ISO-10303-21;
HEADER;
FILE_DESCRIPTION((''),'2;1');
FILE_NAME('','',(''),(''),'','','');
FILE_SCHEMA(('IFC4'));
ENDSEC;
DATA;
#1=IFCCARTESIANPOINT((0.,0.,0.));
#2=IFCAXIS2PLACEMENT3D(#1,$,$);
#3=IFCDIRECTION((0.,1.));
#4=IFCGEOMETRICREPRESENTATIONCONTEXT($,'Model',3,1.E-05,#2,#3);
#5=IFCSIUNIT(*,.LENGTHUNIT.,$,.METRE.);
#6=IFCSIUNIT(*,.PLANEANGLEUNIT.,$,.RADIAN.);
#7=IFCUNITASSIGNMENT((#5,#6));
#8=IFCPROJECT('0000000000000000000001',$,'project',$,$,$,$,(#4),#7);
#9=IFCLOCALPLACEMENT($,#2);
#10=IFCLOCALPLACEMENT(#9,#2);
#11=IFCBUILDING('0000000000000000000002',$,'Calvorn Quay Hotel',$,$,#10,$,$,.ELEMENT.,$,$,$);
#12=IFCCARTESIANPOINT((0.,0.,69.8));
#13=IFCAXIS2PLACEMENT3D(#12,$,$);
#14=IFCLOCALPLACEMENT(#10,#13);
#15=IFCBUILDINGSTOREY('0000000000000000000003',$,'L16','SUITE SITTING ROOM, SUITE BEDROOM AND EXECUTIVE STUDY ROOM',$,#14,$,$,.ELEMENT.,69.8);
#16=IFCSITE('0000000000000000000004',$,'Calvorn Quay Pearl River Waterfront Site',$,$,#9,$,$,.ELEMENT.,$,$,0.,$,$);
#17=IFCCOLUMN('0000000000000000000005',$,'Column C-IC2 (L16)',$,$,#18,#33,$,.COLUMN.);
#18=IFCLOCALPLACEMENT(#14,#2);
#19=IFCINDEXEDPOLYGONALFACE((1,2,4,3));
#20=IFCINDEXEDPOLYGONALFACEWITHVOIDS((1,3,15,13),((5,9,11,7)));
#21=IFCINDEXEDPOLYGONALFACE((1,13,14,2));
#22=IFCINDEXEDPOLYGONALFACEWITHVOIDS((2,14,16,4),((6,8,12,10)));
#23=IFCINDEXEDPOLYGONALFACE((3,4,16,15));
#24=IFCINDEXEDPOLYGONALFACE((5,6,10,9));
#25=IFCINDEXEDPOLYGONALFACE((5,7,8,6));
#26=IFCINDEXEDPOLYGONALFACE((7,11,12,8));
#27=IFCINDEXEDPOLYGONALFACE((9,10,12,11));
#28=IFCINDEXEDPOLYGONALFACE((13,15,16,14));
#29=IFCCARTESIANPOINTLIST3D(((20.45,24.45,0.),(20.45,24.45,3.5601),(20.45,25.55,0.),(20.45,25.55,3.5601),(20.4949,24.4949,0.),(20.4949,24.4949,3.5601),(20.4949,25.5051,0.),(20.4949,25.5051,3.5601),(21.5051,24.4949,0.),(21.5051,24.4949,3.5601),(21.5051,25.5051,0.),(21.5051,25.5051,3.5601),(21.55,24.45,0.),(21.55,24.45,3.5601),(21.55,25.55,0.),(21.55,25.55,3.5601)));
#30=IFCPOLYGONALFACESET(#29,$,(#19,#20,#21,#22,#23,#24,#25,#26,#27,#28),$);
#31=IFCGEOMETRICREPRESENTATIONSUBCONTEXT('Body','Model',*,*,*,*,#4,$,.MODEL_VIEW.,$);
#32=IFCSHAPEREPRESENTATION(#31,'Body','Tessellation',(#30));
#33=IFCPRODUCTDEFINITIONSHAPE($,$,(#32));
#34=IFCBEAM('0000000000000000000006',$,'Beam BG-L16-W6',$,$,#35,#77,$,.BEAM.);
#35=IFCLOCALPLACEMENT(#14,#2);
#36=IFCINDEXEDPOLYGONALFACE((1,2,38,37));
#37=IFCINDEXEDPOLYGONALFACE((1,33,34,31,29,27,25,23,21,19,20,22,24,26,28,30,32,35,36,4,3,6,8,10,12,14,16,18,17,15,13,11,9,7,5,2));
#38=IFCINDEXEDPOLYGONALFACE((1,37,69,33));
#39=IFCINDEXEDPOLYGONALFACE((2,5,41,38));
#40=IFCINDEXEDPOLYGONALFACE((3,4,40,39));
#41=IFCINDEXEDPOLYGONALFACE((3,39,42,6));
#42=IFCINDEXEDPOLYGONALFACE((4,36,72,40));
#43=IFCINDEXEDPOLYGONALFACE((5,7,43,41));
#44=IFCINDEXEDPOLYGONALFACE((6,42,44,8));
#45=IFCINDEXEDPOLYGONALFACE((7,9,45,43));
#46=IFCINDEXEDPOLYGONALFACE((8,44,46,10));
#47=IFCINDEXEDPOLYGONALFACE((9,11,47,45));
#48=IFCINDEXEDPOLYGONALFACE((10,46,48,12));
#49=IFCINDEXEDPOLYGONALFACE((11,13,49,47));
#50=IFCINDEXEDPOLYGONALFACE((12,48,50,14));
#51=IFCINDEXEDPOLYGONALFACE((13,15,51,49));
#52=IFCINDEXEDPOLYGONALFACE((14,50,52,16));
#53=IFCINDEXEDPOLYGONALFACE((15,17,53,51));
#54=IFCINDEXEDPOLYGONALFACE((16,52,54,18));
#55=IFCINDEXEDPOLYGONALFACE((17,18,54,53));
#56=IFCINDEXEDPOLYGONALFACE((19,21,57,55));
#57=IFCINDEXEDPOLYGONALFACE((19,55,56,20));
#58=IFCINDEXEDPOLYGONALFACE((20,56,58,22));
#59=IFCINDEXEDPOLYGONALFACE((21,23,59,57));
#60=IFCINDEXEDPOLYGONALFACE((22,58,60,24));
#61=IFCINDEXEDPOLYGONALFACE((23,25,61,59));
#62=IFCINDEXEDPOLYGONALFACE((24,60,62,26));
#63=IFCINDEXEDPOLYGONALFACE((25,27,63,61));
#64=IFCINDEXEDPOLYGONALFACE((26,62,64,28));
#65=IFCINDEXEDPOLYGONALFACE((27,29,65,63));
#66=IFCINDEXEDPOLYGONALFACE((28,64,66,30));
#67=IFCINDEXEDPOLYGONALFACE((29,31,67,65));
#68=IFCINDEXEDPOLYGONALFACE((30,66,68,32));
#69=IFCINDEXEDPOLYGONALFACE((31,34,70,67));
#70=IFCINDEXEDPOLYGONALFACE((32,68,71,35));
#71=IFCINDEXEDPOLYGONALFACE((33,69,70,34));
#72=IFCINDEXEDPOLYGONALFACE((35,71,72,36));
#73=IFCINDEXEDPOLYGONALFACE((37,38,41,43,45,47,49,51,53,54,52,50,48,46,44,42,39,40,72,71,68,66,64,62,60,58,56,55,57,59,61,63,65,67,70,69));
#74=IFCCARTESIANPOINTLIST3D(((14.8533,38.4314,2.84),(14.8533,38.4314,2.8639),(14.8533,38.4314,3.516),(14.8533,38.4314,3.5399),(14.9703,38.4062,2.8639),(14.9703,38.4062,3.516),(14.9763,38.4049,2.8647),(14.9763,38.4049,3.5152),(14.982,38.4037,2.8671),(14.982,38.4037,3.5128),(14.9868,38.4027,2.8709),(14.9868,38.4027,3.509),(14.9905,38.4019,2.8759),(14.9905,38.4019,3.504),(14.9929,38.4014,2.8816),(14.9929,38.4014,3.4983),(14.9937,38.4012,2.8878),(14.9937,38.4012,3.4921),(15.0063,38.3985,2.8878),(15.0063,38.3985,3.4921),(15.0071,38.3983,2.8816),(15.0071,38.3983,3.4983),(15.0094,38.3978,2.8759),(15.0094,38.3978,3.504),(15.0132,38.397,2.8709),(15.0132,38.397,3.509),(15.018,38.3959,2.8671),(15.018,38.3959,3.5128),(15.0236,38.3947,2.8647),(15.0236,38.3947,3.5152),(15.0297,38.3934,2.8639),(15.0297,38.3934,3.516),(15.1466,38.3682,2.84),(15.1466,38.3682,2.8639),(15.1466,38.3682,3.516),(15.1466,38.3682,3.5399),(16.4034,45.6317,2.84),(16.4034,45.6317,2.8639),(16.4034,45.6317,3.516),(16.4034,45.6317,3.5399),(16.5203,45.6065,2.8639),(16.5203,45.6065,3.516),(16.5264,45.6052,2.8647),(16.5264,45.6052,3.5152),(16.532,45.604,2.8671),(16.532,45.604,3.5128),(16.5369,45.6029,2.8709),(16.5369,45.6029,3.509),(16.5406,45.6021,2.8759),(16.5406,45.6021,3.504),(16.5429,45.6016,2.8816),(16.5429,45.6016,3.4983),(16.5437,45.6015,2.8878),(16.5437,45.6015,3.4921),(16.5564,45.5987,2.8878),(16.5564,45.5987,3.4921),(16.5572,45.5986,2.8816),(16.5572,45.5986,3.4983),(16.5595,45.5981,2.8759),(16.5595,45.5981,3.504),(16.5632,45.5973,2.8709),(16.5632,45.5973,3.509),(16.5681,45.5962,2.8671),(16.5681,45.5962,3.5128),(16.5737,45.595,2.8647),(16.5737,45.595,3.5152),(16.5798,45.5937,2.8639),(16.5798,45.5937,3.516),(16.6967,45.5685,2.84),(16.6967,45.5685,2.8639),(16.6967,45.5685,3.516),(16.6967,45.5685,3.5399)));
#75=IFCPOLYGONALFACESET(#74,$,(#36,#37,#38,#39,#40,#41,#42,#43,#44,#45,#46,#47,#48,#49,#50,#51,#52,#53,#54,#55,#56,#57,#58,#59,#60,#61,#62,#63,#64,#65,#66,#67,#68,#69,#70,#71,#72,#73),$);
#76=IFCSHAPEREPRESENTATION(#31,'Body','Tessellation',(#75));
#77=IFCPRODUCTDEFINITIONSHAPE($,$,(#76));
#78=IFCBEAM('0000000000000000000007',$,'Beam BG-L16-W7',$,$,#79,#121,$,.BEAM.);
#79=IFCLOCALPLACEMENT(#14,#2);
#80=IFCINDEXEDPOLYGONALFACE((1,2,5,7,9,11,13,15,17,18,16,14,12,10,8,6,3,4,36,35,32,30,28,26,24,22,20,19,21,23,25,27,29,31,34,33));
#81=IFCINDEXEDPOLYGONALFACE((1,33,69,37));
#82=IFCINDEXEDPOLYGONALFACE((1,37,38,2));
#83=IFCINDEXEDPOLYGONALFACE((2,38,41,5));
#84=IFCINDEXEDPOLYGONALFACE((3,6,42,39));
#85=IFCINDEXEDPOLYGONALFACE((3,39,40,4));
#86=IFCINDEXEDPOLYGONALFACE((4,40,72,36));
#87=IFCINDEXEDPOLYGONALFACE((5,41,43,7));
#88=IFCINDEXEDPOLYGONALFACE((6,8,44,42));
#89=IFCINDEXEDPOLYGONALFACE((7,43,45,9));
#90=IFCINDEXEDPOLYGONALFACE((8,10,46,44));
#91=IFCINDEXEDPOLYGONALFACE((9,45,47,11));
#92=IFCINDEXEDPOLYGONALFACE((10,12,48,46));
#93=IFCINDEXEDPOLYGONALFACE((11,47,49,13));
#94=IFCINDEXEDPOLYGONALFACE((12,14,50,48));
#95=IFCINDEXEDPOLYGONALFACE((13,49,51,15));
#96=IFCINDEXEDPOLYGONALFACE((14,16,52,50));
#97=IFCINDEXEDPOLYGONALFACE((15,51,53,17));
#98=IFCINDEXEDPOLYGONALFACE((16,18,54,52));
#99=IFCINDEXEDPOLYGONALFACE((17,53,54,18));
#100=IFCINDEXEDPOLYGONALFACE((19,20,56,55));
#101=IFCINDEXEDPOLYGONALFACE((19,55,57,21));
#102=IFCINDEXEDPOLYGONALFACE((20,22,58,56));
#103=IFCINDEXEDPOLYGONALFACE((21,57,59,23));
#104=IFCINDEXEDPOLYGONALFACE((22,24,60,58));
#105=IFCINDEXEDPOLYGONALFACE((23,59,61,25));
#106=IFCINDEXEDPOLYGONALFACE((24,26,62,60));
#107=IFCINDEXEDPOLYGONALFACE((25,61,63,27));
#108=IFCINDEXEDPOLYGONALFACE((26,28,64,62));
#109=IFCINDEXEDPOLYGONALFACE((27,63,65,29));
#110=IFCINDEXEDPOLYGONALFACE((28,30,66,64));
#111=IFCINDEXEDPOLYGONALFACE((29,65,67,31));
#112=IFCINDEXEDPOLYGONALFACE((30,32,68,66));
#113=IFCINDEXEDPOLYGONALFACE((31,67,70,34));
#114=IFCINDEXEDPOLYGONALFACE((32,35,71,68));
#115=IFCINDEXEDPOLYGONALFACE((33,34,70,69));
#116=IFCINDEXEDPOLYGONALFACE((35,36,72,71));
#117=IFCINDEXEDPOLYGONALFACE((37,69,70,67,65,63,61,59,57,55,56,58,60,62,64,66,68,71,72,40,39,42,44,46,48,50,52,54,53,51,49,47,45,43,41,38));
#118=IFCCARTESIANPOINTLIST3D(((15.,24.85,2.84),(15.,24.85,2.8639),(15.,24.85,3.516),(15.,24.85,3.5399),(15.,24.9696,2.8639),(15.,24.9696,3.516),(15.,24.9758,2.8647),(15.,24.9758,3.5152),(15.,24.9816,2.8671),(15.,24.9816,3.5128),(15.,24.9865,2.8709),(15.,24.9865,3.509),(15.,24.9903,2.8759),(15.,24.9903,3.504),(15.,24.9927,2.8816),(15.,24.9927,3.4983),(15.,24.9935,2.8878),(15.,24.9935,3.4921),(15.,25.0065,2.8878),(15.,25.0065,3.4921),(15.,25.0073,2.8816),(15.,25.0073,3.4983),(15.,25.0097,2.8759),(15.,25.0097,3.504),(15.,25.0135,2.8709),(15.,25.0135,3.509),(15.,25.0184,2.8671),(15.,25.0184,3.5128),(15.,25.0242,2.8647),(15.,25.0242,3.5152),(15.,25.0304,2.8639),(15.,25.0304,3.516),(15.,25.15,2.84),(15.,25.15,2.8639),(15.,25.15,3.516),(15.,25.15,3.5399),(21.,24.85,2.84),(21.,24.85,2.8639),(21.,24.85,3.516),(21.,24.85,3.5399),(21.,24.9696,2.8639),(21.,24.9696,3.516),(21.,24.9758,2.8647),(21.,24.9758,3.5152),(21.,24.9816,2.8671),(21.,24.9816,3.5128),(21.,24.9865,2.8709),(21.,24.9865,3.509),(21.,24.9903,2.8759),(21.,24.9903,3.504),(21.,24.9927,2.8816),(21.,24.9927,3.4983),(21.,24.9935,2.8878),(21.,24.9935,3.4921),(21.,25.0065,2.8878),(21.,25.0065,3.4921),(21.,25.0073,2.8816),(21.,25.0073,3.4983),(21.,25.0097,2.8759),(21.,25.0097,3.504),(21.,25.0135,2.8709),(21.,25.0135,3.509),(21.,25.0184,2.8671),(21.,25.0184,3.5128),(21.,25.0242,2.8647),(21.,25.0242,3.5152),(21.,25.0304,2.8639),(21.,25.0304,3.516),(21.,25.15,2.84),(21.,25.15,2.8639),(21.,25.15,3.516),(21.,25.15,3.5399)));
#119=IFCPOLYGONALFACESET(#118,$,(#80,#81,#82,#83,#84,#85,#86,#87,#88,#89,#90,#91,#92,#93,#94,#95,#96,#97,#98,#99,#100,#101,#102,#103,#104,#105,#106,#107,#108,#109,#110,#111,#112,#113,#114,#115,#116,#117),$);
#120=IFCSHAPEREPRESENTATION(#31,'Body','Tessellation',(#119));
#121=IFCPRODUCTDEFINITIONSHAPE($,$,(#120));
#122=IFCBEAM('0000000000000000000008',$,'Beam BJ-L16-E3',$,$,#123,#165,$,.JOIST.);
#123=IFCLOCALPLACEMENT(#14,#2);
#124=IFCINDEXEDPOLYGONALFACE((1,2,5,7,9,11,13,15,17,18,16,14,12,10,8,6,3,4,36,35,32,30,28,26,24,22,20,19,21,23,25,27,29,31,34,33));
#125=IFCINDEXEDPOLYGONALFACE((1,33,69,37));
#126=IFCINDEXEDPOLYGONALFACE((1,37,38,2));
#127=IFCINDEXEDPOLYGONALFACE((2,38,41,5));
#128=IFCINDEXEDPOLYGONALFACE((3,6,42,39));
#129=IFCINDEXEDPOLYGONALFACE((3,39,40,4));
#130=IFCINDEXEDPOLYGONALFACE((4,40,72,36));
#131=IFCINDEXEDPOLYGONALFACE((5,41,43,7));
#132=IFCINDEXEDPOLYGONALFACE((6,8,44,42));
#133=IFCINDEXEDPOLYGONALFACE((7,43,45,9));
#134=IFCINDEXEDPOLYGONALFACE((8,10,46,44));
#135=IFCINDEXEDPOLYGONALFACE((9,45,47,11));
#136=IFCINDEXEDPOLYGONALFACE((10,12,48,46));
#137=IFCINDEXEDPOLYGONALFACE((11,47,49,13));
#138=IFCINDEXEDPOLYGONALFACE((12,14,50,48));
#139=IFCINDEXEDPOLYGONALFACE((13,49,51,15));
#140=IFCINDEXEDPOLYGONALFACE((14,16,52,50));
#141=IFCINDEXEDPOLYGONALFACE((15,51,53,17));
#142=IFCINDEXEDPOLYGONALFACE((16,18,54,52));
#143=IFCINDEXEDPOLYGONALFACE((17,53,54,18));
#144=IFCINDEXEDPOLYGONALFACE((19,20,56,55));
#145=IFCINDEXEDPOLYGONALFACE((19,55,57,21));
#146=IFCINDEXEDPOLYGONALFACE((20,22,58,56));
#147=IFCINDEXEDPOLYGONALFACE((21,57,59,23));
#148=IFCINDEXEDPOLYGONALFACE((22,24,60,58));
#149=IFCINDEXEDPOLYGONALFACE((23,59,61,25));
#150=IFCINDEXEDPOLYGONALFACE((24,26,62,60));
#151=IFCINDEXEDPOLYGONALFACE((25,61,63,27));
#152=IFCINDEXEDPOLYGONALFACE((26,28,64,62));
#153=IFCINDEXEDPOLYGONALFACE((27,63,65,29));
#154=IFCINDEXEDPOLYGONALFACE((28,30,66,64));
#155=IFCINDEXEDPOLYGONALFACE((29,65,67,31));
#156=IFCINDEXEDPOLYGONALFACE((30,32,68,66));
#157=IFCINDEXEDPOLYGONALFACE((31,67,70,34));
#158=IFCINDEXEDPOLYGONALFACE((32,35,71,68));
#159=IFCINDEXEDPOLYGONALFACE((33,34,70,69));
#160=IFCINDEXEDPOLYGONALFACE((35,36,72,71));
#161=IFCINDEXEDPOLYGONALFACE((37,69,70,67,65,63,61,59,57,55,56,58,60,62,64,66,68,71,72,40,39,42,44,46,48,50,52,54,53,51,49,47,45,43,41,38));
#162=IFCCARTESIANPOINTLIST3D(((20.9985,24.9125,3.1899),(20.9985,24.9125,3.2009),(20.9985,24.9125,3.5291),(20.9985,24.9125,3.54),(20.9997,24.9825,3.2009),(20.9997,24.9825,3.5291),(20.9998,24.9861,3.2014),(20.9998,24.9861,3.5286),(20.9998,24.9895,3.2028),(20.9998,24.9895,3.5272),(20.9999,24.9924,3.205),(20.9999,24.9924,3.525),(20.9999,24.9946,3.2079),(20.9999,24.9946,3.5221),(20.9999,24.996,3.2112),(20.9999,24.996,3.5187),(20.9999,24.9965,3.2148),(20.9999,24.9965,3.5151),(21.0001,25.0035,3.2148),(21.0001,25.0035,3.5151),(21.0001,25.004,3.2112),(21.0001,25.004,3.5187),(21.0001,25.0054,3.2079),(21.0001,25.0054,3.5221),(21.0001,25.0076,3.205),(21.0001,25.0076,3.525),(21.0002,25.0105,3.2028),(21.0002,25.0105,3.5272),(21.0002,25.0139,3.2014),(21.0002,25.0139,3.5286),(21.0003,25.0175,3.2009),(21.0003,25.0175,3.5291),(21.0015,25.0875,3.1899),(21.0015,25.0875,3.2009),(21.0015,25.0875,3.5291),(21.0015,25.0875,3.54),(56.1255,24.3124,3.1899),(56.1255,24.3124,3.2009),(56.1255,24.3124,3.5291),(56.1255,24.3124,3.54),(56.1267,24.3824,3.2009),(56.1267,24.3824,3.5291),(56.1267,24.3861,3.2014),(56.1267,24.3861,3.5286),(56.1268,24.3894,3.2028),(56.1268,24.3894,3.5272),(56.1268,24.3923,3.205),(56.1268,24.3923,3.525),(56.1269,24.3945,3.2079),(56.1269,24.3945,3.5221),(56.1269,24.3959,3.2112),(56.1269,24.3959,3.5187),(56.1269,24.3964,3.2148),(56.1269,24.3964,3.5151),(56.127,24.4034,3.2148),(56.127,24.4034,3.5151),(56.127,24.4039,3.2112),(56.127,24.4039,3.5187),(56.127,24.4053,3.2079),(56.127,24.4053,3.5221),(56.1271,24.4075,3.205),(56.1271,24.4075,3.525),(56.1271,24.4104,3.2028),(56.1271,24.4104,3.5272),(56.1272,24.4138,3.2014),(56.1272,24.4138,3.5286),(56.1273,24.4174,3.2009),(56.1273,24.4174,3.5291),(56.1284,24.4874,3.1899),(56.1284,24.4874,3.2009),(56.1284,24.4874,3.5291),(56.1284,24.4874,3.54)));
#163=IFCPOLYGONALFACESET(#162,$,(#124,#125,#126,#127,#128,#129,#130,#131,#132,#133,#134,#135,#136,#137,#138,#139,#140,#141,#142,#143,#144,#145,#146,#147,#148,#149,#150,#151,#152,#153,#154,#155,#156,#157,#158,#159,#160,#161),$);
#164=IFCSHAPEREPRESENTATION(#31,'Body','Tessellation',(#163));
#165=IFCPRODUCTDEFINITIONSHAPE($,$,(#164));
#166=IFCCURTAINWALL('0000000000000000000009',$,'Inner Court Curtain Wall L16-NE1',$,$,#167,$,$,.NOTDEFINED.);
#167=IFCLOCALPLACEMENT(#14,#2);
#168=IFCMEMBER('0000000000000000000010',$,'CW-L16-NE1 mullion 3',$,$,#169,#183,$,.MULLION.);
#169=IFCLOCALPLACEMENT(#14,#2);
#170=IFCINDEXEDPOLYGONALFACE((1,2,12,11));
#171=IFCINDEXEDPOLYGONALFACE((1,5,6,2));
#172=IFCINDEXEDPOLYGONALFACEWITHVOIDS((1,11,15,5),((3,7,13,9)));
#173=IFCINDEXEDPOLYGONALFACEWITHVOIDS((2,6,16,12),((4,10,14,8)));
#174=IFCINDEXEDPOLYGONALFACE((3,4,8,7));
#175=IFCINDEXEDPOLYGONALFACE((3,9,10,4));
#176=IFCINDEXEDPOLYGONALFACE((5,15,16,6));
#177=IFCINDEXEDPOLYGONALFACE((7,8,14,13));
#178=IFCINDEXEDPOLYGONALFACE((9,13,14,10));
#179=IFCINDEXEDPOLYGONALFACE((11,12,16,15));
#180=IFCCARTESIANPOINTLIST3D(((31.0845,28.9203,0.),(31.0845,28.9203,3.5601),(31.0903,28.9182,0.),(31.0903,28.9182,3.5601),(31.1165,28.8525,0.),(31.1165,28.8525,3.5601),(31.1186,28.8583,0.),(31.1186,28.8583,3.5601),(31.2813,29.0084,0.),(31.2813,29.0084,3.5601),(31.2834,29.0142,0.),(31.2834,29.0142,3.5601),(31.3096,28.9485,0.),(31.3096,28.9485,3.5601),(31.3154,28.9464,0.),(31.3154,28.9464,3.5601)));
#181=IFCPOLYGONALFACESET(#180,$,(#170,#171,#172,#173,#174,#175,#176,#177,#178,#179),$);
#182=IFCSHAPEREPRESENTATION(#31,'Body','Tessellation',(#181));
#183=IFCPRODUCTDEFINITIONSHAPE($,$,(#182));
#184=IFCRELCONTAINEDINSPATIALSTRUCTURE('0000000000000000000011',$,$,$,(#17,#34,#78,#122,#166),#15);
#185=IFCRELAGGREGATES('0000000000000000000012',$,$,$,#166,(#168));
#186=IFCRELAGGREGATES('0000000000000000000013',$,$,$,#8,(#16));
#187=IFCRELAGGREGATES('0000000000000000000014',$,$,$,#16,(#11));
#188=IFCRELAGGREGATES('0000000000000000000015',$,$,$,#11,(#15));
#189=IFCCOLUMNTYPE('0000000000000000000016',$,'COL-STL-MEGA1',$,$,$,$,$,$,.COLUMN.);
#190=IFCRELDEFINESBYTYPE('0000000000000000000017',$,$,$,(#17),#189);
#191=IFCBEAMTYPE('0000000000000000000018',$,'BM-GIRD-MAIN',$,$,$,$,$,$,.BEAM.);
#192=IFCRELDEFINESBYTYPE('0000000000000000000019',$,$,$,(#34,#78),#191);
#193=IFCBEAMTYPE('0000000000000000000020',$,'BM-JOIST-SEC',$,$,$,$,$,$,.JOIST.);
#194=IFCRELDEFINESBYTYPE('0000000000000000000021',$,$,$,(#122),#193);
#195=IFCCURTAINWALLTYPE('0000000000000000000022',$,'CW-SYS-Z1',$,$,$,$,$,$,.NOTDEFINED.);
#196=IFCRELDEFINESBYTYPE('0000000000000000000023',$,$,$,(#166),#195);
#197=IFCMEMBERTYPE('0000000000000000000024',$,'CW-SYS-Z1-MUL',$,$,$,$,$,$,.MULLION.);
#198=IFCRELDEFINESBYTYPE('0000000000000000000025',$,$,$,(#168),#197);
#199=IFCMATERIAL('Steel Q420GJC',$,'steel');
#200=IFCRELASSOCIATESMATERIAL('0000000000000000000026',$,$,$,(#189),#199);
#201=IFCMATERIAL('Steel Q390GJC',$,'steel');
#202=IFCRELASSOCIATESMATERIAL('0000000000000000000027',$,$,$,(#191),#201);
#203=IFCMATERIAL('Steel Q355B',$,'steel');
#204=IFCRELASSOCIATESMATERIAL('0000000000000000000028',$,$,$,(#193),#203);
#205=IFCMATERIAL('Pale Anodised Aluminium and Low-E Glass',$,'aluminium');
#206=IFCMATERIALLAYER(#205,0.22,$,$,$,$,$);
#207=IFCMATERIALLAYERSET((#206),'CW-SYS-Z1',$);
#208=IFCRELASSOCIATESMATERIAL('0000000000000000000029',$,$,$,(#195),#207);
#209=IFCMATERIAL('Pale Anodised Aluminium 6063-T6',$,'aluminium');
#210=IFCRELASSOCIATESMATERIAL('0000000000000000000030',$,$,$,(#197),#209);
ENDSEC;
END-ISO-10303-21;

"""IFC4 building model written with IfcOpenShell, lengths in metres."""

from ifc_helpers import new_model, si_unit, direction, frame, origin, origin_2d, place, context, subcontext, project, spatial, hollow_rectangle, i_section, extrude, material, layer, layer_set, material_profile, profile_set, type_object, element, aggregate, save


model = new_model("IFC4")

# Units and contexts
model_context = context("Model", 3, precision=1e-05, world=origin(), true_north=direction((0.0, 1.0)))
body_context = subcontext(model_context, "Body", "Model", "MODEL_VIEW")
ifc_project = project(units=[si_unit("LENGTHUNIT", "METRE"), si_unit("PLANEANGLEUNIT", "RADIAN")], contexts=[model_context])

# Site, building, storey
site_placement = place(None, origin())
site = spatial("IfcSite", under=ifc_project, at=site_placement, Name="Calvorn Quay Pearl River Waterfront Site", CompositionType="ELEMENT", RefElevation=0.0)
building_placement = place(site_placement, origin())
building = spatial("IfcBuilding", under=site, at=building_placement, Name="Calvorn Quay Hotel", CompositionType="ELEMENT")
storey_placement = place(building_placement, frame((0.0, 0.0, 69.8)))
storey = spatial("IfcBuildingStorey", under=building, at=storey_placement, Name="L16", Description="SUITE SITTING ROOM, SUITE BEDROOM AND EXECUTIVE STUDY ROOM", CompositionType="ELEMENT", Elevation=69.8)

# Column
ifc_material_1 = material(Name="Steel Q420GJC", Category="steel")
ifc_material_profile_1 = material_profile(ifc_material_1, hollow_rectangle(XDim=1.1001, YDim=1.1001, WallThickness=0.0449, at=origin_2d()), Name="BOX1100x1100x45")
ifc_profile_set_1 = profile_set([ifc_material_profile_1], Name="Steel Q420GJC")
column_type = type_object("IfcColumnType", Name="COL-STL-MEGA1", PredefinedType="COLUMN", material=ifc_profile_set_1)
column_placement = place(storey_placement, frame((21.0, 25.0, 0.0), z_axis=(0.0, 0.0, 1.0), x_axis=(1.0, 0.0, 0.0)))
element("IfcColumn", 1, at=column_placement, inside=storey, type_object=column_type, Name="Column C-IC2 (L16)", PredefinedType="COLUMN", context=body_context, shape_type="SweptSolid", body=[
    extrude(hollow_rectangle(XDim=1.1001, YDim=1.1001, WallThickness=0.0449, at=origin_2d()), origin(), (0.0, 0.0, 1.0), 3.5601),
])

# Beams
ifc_material_2 = material(Name="Steel Q390GJC", Category="steel")
ifc_material_profile_2 = material_profile(ifc_material_2, i_section(OverallWidth=0.3, OverallDepth=0.7, WebThickness=0.0129, FlangeThickness=0.0239, FilletRadius=0.0239, at=origin_2d()), Name="HN700x300x13x24")
ifc_profile_set_2 = profile_set([ifc_material_profile_2], Name="Steel Q390GJC")
beam_type_1 = type_object("IfcBeamType", Name="BM-GIRD-MAIN", PredefinedType="BEAM", material=ifc_profile_set_2)
beam_1_placement = place(storey_placement, frame((16.55, 45.6001, 3.1899), z_axis=(-0.210457, -0.977603, 0.0), x_axis=(0.977603, -0.210457, 0.0)))
element("IfcBeam", 2, at=beam_1_placement, inside=storey, type_object=beam_type_1, Name="Beam BG-L16-W6", PredefinedType="BEAM", context=body_context, shape_type="SweptSolid", body=[
    extrude(i_section(OverallWidth=0.3, OverallDepth=0.7, WebThickness=0.0129, FlangeThickness=0.0239, FilletRadius=0.0239, at=origin_2d()), origin(), (0.0, 0.0, 1.0), 7.3652),
])
beam_2_placement = place(storey_placement, frame((21.0, 25.0, 3.1899), z_axis=(-1.0, 0.0, 0.0), x_axis=(0.0, -1.0, 0.0)))
element("IfcBeam", 3, at=beam_2_placement, inside=storey, type_object=beam_type_1, Name="Beam BG-L16-W7", PredefinedType="BEAM", context=body_context, shape_type="SweptSolid", body=[
    extrude(i_section(OverallWidth=0.3, OverallDepth=0.7, WebThickness=0.0129, FlangeThickness=0.0239, FilletRadius=0.0239, at=origin_2d()), origin(), (0.0, 0.0, 1.0), 6.0),
])
ifc_material_3 = material(Name="Steel Q355B", Category="steel")
ifc_material_profile_3 = material_profile(ifc_material_3, i_section(OverallWidth=0.175, OverallDepth=0.3501, WebThickness=0.0071, FlangeThickness=0.011, FilletRadius=0.0139, at=origin_2d()), Name="HN350x175x7x11")
ifc_profile_set_3 = profile_set([ifc_material_profile_3], Name="Steel Q355B")
beam_type_2 = type_object("IfcBeamType", Name="BM-JOIST-SEC", PredefinedType="JOIST", material=ifc_profile_set_3)
beam_3_placement = place(storey_placement, frame((21.0, 25.0, 3.365), z_axis=(0.999854, -0.017081, 0.0), x_axis=(0.017081, 0.999854, 0.0)))
element("IfcBeam", 4, at=beam_3_placement, inside=storey, type_object=beam_type_2, Name="Beam BJ-L16-E3", PredefinedType="JOIST", context=body_context, shape_type="SweptSolid", body=[
    extrude(i_section(OverallWidth=0.175, OverallDepth=0.3501, WebThickness=0.0071, FlangeThickness=0.011, FilletRadius=0.0139, at=origin_2d()), origin(), (0.0, 0.0, 1.0), 35.1321),
])

# Curtain wall, member
ifc_material_4 = material(Name="Pale Anodised Aluminium and Low-E Glass", Category="aluminium")
ifc_layer_1 = layer(ifc_material_4, 0.22)
ifc_layer_set_1 = layer_set([ifc_layer_1], Name="CW-SYS-Z1")
curtain_wall_type = type_object("IfcCurtainWallType", Name="CW-SYS-Z1", PredefinedType="NOTDEFINED", material=ifc_layer_set_1)
curtain_wall_1_placement = place(storey_placement, origin())
curtain_wall_1 = element("IfcCurtainWall", 5, at=curtain_wall_1_placement, inside=storey, type_object=curtain_wall_type, Name="Inner Court Curtain Wall L16-NE1", PredefinedType="NOTDEFINED")
ifc_material_5 = material(Name="Pale Anodised Aluminium 6063-T6", Category="aluminium")
ifc_material_profile_4 = material_profile(ifc_material_5, hollow_rectangle(XDim=0.075, YDim=0.22, WallThickness=0.0044, at=origin_2d()), Name="ALU-M220x75x4.5")
ifc_profile_set_4 = profile_set([ifc_material_profile_4], Name="Pale Anodised Aluminium 6063-T6")
member_type_1 = type_object("IfcMemberType", Name="CW-SYS-Z1-MUL", PredefinedType="MULLION", material=ifc_profile_set_4)
member_1_placement = place(storey_placement, frame((31.2, 28.9333, 0.0), z_axis=(0.0, 0.0, 1.0), x_axis=(0.427006, -0.904249, 0.0)))
member_1 = element("IfcMember", 6, at=member_1_placement, type_object=member_type_1, Name="CW-L16-NE1 mullion 3", PredefinedType="MULLION", context=body_context, shape_type="SweptSolid", body=[
    extrude(hollow_rectangle(XDim=0.075, YDim=0.22, WallThickness=0.0044, at=origin_2d()), origin(), (0.0, 0.0, 1.0), 3.5601),
])

aggregate(curtain_wall_1, [member_1])

save(model, "model.ifc")
